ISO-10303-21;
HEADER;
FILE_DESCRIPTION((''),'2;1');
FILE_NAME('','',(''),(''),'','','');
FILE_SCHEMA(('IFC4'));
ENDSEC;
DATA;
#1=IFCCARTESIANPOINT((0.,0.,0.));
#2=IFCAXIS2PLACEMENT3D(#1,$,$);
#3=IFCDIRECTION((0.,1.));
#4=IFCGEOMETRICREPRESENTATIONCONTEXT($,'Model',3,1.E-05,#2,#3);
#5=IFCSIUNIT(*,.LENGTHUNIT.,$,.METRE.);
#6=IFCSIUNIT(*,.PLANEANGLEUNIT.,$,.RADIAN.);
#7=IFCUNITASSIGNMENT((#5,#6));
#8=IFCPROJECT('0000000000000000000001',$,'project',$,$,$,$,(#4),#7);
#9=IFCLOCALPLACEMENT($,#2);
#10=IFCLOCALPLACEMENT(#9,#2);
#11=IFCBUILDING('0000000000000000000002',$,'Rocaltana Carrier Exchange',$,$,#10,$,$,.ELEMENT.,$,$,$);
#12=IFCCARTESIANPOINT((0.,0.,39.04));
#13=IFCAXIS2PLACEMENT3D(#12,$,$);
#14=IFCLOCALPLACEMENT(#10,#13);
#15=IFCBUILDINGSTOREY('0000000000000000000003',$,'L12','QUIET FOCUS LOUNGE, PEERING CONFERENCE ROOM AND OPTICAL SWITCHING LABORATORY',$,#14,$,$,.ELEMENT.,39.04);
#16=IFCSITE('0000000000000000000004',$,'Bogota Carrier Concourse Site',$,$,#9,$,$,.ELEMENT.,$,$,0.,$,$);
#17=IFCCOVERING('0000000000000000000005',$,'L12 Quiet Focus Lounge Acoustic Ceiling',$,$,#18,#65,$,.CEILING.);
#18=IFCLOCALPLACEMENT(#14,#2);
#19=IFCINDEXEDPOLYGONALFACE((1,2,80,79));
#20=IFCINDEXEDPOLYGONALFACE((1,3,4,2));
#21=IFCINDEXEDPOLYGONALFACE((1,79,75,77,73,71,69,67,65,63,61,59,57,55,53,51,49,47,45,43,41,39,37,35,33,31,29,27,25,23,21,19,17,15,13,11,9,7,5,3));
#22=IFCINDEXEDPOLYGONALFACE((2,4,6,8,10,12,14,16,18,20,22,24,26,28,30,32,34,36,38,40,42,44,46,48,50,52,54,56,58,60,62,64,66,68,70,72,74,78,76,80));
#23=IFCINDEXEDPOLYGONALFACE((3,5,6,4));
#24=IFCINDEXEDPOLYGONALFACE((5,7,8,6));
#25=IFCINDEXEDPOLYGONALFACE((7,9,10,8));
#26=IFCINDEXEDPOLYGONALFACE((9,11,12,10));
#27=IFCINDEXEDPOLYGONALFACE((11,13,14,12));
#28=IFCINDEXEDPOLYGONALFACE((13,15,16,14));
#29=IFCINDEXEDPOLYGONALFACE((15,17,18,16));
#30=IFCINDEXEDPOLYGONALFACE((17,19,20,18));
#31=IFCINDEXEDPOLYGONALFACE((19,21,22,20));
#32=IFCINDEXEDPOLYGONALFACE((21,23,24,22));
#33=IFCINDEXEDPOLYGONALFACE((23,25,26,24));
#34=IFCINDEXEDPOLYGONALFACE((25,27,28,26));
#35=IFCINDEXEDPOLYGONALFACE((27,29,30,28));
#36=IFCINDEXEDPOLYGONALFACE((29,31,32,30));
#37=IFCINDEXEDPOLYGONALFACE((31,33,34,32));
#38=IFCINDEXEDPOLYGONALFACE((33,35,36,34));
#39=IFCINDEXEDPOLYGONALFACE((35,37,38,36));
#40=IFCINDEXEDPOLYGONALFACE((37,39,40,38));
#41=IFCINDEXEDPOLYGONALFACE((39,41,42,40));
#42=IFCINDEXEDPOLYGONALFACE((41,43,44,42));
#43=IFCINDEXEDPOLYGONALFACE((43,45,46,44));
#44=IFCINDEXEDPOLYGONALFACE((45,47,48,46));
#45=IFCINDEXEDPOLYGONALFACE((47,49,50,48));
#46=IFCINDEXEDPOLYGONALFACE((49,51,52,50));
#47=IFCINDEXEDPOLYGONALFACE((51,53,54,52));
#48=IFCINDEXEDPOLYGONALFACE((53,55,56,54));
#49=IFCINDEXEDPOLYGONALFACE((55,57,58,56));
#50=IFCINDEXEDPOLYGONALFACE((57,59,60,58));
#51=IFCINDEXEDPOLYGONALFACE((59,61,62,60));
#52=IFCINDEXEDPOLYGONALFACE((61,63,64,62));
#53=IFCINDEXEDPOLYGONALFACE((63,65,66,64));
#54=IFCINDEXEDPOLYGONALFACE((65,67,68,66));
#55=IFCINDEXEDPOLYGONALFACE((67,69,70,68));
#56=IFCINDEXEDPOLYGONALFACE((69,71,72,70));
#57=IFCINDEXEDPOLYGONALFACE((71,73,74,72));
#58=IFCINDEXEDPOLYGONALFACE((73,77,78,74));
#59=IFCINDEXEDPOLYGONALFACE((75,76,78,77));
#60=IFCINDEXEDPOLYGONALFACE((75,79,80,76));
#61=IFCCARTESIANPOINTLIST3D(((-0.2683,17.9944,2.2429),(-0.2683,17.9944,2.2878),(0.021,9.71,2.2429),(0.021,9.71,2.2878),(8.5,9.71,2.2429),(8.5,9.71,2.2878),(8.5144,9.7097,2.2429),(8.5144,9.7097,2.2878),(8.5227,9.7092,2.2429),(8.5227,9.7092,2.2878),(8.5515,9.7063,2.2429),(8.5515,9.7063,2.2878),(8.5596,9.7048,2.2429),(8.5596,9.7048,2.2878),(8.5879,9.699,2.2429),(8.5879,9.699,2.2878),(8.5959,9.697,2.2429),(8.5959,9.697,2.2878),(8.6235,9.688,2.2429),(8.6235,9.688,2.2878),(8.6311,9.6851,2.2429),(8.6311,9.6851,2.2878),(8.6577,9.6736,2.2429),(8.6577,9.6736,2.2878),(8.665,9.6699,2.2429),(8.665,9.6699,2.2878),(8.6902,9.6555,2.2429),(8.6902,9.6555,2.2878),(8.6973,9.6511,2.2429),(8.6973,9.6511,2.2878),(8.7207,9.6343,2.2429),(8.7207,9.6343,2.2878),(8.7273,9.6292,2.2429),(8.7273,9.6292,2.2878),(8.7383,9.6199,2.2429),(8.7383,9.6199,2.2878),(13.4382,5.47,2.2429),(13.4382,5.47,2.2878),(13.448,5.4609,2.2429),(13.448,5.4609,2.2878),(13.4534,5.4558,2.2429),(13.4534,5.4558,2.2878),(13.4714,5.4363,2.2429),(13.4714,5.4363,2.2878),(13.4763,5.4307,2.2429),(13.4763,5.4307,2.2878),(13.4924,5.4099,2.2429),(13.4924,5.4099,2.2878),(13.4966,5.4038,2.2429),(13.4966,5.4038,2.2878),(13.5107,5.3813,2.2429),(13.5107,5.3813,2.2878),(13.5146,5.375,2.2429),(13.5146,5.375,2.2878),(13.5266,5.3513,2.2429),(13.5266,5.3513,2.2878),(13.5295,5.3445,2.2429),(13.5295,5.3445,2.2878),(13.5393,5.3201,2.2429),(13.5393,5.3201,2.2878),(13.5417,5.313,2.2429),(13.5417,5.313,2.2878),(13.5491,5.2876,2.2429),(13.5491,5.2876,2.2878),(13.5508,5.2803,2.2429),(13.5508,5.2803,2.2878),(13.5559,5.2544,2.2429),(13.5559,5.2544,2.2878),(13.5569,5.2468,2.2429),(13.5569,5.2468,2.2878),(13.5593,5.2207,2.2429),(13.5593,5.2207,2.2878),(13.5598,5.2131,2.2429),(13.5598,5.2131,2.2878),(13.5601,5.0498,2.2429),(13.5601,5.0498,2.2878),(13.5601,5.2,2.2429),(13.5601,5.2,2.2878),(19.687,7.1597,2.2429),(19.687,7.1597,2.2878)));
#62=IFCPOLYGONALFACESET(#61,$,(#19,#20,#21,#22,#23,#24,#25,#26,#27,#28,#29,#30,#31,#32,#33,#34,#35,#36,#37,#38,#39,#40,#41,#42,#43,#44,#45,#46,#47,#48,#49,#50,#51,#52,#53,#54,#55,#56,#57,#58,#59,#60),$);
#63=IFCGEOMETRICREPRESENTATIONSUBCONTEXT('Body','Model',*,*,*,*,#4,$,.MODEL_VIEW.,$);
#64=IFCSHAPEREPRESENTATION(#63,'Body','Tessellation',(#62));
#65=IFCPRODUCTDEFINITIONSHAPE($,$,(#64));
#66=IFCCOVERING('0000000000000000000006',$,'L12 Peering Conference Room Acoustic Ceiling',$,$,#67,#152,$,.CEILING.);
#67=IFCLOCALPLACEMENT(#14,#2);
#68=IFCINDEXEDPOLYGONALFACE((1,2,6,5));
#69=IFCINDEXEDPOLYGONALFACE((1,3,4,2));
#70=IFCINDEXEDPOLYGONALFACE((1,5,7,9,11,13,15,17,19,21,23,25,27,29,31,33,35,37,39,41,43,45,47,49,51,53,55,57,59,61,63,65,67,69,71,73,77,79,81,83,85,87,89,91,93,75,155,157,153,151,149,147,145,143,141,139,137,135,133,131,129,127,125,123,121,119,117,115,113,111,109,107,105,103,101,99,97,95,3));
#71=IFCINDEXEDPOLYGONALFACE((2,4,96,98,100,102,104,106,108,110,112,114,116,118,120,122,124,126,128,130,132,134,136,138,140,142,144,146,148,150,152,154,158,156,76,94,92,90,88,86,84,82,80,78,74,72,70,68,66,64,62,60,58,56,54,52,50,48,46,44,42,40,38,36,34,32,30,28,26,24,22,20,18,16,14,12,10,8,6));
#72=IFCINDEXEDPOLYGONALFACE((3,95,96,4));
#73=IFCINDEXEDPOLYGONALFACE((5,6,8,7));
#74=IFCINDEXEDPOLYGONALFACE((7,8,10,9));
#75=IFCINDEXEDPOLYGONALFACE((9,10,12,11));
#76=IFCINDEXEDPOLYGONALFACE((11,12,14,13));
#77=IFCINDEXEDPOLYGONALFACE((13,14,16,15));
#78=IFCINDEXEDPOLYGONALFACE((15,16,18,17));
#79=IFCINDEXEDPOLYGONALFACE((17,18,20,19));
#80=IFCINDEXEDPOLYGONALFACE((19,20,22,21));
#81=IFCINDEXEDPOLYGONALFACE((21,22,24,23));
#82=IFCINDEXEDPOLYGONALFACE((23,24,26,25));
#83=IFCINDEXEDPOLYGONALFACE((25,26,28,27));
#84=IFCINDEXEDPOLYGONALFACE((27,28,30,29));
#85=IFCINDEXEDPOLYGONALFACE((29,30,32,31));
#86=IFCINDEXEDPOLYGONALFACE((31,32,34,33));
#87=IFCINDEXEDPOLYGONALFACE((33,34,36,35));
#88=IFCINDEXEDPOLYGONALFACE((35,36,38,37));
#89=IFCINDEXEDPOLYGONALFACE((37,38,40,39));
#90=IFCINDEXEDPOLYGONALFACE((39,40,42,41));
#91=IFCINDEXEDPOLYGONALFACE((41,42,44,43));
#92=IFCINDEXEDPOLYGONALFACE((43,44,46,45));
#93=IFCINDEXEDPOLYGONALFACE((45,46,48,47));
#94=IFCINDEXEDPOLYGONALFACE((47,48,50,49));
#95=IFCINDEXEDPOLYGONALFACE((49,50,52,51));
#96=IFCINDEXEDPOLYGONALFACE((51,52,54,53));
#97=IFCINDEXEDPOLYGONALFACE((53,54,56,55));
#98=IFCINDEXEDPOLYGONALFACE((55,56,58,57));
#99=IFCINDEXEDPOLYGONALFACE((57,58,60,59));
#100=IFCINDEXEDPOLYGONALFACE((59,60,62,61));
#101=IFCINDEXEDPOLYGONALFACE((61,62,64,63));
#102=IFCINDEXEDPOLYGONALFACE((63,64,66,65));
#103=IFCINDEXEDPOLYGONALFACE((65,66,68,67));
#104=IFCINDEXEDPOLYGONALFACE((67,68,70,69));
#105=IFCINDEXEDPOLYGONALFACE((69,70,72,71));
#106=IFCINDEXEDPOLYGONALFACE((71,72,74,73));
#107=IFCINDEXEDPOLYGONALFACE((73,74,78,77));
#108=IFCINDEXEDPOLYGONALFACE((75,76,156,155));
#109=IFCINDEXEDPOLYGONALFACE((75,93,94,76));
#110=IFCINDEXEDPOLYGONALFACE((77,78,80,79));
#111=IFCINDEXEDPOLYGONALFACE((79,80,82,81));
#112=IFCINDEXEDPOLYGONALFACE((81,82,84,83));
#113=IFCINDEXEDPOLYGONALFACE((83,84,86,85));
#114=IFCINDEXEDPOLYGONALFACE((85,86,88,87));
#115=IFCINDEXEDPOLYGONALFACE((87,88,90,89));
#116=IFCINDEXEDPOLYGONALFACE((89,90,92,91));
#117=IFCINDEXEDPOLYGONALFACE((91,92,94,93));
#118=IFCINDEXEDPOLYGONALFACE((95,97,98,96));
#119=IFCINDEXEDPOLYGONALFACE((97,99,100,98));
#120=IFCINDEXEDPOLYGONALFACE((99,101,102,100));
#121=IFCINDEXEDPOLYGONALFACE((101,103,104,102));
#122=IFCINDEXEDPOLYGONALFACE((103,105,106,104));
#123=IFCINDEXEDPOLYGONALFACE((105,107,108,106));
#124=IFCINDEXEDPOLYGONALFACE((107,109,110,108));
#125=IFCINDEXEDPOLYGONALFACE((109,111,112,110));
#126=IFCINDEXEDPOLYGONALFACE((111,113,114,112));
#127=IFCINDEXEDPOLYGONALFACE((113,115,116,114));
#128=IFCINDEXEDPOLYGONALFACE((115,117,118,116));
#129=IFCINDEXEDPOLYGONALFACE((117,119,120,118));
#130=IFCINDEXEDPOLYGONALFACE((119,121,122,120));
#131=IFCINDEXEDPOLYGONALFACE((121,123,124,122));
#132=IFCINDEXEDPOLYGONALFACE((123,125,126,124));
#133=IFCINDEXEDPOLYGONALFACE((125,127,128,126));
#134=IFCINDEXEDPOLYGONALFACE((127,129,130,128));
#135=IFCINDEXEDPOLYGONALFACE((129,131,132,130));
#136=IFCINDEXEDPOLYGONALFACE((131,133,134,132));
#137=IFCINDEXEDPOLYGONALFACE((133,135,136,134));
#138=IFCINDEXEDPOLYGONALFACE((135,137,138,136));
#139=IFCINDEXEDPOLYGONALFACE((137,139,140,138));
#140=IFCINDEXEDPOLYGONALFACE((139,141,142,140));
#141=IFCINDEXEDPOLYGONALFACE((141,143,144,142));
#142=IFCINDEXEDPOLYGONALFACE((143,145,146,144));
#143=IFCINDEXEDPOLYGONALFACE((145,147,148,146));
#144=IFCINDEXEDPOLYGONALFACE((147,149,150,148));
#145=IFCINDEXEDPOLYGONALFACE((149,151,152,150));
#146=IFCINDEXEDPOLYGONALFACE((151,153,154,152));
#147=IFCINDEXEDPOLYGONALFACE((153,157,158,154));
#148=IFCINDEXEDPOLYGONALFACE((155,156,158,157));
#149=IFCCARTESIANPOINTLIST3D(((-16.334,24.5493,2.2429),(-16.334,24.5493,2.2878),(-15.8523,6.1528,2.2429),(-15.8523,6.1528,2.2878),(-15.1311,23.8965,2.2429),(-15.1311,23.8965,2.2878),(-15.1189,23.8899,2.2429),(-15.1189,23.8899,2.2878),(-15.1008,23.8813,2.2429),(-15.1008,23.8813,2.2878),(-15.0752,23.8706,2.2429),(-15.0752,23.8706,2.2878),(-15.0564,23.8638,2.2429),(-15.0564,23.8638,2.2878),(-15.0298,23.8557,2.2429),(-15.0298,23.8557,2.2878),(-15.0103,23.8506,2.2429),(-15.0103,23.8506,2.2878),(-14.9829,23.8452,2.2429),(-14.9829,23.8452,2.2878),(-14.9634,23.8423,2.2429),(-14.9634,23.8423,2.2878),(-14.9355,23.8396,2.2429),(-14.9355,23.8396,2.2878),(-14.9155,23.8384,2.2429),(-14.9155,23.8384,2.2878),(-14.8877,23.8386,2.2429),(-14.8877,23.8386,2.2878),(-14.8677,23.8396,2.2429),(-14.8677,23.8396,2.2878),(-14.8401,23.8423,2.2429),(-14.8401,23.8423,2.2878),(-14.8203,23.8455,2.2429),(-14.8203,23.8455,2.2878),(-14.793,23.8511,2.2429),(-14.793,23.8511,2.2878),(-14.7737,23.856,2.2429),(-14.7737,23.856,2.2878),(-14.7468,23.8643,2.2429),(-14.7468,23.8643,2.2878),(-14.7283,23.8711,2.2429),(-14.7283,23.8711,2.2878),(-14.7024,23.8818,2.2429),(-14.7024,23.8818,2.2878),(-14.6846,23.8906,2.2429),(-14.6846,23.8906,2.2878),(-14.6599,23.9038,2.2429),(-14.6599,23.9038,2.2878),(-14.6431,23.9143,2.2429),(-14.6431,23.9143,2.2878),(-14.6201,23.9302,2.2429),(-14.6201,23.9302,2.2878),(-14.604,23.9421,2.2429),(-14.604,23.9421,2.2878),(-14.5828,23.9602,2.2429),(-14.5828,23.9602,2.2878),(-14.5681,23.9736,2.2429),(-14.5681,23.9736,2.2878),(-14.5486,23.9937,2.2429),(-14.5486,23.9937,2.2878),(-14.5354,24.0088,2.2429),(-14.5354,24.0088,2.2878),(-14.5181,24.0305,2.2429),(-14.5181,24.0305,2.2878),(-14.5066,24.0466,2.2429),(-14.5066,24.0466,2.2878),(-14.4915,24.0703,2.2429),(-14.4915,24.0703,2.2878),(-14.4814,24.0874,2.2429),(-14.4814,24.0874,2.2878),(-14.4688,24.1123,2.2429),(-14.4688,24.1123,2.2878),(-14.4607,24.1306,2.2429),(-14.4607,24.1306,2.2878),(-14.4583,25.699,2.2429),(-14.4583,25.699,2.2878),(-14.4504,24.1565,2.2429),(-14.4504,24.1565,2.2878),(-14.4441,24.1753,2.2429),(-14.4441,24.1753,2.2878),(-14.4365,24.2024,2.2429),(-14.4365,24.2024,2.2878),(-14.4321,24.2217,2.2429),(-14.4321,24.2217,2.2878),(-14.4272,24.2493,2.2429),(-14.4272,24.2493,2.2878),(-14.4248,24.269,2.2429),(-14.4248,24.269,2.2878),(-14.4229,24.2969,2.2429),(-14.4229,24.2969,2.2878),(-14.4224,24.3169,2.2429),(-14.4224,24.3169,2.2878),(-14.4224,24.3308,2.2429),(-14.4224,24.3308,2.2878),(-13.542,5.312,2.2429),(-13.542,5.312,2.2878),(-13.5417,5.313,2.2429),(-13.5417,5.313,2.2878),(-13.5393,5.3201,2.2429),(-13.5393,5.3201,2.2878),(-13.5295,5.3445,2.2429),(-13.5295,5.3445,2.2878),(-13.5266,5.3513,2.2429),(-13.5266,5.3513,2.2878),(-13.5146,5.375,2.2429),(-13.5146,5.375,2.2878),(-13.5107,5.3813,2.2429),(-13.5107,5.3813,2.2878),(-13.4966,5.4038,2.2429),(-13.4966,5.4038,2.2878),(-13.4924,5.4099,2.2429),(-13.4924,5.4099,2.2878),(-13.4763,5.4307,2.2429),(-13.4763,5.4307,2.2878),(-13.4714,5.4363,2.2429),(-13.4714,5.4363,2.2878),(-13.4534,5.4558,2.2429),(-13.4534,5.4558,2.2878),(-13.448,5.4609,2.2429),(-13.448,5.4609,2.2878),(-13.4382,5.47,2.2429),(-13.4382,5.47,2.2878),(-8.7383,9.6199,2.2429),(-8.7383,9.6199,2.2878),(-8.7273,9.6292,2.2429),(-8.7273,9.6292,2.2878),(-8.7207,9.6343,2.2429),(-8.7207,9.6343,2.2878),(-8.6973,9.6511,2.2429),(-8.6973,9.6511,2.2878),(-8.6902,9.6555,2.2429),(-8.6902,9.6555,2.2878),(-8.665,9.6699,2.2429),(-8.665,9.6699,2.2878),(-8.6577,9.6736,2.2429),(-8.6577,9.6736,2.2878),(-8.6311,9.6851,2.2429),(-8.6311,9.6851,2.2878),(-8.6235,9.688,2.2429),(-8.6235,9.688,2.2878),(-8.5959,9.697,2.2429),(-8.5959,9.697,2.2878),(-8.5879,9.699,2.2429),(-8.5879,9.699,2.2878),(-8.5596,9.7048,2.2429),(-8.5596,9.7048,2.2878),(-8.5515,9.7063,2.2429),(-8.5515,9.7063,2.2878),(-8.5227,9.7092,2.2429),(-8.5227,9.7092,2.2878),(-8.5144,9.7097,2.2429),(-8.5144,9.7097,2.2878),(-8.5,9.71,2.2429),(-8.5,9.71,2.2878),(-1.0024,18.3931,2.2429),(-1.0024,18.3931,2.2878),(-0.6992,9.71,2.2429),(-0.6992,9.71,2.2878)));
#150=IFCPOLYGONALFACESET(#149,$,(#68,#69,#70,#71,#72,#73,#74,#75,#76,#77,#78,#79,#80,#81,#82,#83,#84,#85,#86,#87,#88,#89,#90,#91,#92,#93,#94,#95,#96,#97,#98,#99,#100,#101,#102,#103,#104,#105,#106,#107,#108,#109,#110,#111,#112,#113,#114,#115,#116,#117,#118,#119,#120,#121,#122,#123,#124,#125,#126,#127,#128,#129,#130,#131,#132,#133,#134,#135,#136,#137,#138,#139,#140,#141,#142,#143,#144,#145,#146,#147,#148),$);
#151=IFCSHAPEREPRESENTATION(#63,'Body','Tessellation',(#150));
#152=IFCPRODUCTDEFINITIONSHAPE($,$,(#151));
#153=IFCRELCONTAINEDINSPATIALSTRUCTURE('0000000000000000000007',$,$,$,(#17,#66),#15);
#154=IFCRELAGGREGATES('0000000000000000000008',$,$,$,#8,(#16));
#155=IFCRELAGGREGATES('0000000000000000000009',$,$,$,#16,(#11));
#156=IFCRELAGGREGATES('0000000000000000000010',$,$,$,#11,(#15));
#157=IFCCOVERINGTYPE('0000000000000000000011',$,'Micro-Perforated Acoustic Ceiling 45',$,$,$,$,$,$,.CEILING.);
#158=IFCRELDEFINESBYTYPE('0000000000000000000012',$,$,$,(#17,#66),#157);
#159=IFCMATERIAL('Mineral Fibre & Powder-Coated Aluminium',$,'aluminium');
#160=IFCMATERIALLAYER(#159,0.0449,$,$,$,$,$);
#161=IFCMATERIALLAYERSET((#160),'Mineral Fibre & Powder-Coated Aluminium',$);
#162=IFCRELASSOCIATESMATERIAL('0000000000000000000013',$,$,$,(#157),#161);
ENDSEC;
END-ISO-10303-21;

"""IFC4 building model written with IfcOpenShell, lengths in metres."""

from ifc_helpers import new_model, si_unit, direction, frame, origin, place, context, subcontext, project, spatial, polyline, outline, extrude, material, layer, layer_set, type_object, element, save


model = new_model("IFC4")

# Units and contexts
model_context = context("Model", 3, precision=1e-05, world=origin(), true_north=direction((0.0, 1.0)))
body_context = subcontext(model_context, "Body", "Model", "MODEL_VIEW")
ifc_project = project(units=[si_unit("LENGTHUNIT", "METRE"), si_unit("PLANEANGLEUNIT", "RADIAN")], contexts=[model_context])

# Site, building, storey
site_placement = place(None, origin())
site = spatial("IfcSite", under=ifc_project, at=site_placement, Name="Bogota Carrier Concourse Site", CompositionType="ELEMENT", RefElevation=0.0)
building_placement = place(site_placement, origin())
building = spatial("IfcBuilding", under=site, at=building_placement, Name="Rocaltana Carrier Exchange", CompositionType="ELEMENT")
storey_placement = place(building_placement, frame((0.0, 0.0, 39.04)))
storey = spatial("IfcBuildingStorey", under=building, at=storey_placement, Name="L12", Description="QUIET FOCUS LOUNGE, PEERING CONFERENCE ROOM AND OPTICAL SWITCHING LABORATORY", CompositionType="ELEMENT", Elevation=39.04)

# Coverings
ifc_material_1 = material(Name="Mineral Fibre & Powder-Coated Aluminium", Category="aluminium")
ifc_layer_1 = layer(ifc_material_1, 0.0449)
ifc_layer_set_1 = layer_set([ifc_layer_1], Name="Mineral Fibre & Powder-Coated Aluminium")
covering_type_1 = type_object("IfcCoveringType", Name="Micro-Perforated Acoustic Ceiling 45", PredefinedType="CEILING", material=ifc_layer_set_1)
covering_1_placement = place(storey_placement, frame((0.0, 0.0, 2.2429)))
element("IfcCovering", 1, at=covering_1_placement, inside=storey, type_object=covering_type_1, Name="L12 Quiet Focus Lounge Acoustic Ceiling", PredefinedType="CEILING", context=body_context, shape_type="SweptSolid", body=[
    extrude(outline(polyline([(19.687, 7.1597), (13.5601, 5.0498), (13.5601, 5.2), (13.5598, 5.2131), (13.5593, 5.2207), (13.5569, 5.2468), (13.5559, 5.2544), (13.5508, 5.2803), (13.5491, 5.2876), (13.5417, 5.313), (13.5393, 5.3201), (13.5295, 5.3445), (13.5266, 5.3513), (13.5146, 5.375), (13.5107, 5.3813), (13.4966, 5.4038), (13.4924, 5.4099), (13.4763, 5.4307), (13.4714, 5.4363), (13.4534, 5.4558), (13.448, 5.4609), (13.4382, 5.47), (8.7383, 9.6199), (8.7273, 9.6292), (8.7207, 9.6343), (8.6973, 9.6511), (8.6902, 9.6555), (8.665, 9.6699), (8.6577, 9.6736), (8.6311, 9.6851), (8.6235, 9.688), (8.5959, 9.697), (8.5879, 9.699), (8.5596, 9.7048), (8.5515, 9.7063), (8.5227, 9.7092), (8.5144, 9.7097), (8.5, 9.71), (0.021, 9.71), (-0.2683, 17.9944), (19.687, 7.1597)])), origin(), (0.0, 0.0, 1.0), 0.0449),
])
covering_2_placement = place(storey_placement, frame((0.0, 0.0, 2.2429)))
element("IfcCovering", 2, at=covering_2_placement, inside=storey, type_object=covering_type_1, Name="L12 Peering Conference Room Acoustic Ceiling", PredefinedType="CEILING", context=body_context, shape_type="SweptSolid", body=[
    extrude(outline(polyline([(-16.334, 24.5493), (-15.1311, 23.8965), (-15.1189, 23.8899), (-15.1008, 23.8813), (-15.0752, 23.8706), (-15.0564, 23.8638), (-15.0298, 23.8557), (-15.0103, 23.8506), (-14.9829, 23.8452), (-14.9634, 23.8423), (-14.9355, 23.8396), (-14.9155, 23.8384), (-14.8877, 23.8386), (-14.8677, 23.8396), (-14.8401, 23.8423), (-14.8203, 23.8455), (-14.793, 23.8511), (-14.7737, 23.856), (-14.7468, 23.8643), (-14.7283, 23.8711), (-14.7024, 23.8818), (-14.6846, 23.8906), (-14.6599, 23.9038), (-14.6431, 23.9143), (-14.6201, 23.9302), (-14.604, 23.9421), (-14.5828, 23.9602), (-14.5681, 23.9736), (-14.5486, 23.9937), (-14.5354, 24.0088), (-14.5181, 24.0305), (-14.5066, 24.0466), (-14.4915, 24.0703), (-14.4814, 24.0874), (-14.4688, 24.1123), (-14.4607, 24.1306), (-14.4504, 24.1565), (-14.4441, 24.1753), (-14.4365, 24.2024), (-14.4321, 24.2217), (-14.4272, 24.2493), (-14.4248, 24.269), (-14.4229, 24.2969), (-14.4224, 24.3169), (-14.4224, 24.3308), (-14.4583, 25.699), (-1.0024, 18.3931), (-0.6992, 9.71), (-8.5, 9.71), (-8.5144, 9.7097), (-8.5227, 9.7092), (-8.5515, 9.7063), (-8.5596, 9.7048), (-8.5879, 9.699), (-8.5959, 9.697), (-8.6235, 9.688), (-8.6311, 9.6851), (-8.6577, 9.6736), (-8.665, 9.6699), (-8.6902, 9.6555), (-8.6973, 9.6511), (-8.7207, 9.6343), (-8.7273, 9.6292), (-8.7383, 9.6199), (-13.4382, 5.47), (-13.448, 5.4609), (-13.4534, 5.4558), (-13.4714, 5.4363), (-13.4763, 5.4307), (-13.4924, 5.4099), (-13.4966, 5.4038), (-13.5107, 5.3813), (-13.5146, 5.375), (-13.5266, 5.3513), (-13.5295, 5.3445), (-13.5393, 5.3201), (-13.5417, 5.313), (-13.542, 5.312), (-15.8523, 6.1528), (-16.334, 24.5493)])), origin(), (0.0, 0.0, 1.0), 0.0449),
])

save(model, "model.ifc")
